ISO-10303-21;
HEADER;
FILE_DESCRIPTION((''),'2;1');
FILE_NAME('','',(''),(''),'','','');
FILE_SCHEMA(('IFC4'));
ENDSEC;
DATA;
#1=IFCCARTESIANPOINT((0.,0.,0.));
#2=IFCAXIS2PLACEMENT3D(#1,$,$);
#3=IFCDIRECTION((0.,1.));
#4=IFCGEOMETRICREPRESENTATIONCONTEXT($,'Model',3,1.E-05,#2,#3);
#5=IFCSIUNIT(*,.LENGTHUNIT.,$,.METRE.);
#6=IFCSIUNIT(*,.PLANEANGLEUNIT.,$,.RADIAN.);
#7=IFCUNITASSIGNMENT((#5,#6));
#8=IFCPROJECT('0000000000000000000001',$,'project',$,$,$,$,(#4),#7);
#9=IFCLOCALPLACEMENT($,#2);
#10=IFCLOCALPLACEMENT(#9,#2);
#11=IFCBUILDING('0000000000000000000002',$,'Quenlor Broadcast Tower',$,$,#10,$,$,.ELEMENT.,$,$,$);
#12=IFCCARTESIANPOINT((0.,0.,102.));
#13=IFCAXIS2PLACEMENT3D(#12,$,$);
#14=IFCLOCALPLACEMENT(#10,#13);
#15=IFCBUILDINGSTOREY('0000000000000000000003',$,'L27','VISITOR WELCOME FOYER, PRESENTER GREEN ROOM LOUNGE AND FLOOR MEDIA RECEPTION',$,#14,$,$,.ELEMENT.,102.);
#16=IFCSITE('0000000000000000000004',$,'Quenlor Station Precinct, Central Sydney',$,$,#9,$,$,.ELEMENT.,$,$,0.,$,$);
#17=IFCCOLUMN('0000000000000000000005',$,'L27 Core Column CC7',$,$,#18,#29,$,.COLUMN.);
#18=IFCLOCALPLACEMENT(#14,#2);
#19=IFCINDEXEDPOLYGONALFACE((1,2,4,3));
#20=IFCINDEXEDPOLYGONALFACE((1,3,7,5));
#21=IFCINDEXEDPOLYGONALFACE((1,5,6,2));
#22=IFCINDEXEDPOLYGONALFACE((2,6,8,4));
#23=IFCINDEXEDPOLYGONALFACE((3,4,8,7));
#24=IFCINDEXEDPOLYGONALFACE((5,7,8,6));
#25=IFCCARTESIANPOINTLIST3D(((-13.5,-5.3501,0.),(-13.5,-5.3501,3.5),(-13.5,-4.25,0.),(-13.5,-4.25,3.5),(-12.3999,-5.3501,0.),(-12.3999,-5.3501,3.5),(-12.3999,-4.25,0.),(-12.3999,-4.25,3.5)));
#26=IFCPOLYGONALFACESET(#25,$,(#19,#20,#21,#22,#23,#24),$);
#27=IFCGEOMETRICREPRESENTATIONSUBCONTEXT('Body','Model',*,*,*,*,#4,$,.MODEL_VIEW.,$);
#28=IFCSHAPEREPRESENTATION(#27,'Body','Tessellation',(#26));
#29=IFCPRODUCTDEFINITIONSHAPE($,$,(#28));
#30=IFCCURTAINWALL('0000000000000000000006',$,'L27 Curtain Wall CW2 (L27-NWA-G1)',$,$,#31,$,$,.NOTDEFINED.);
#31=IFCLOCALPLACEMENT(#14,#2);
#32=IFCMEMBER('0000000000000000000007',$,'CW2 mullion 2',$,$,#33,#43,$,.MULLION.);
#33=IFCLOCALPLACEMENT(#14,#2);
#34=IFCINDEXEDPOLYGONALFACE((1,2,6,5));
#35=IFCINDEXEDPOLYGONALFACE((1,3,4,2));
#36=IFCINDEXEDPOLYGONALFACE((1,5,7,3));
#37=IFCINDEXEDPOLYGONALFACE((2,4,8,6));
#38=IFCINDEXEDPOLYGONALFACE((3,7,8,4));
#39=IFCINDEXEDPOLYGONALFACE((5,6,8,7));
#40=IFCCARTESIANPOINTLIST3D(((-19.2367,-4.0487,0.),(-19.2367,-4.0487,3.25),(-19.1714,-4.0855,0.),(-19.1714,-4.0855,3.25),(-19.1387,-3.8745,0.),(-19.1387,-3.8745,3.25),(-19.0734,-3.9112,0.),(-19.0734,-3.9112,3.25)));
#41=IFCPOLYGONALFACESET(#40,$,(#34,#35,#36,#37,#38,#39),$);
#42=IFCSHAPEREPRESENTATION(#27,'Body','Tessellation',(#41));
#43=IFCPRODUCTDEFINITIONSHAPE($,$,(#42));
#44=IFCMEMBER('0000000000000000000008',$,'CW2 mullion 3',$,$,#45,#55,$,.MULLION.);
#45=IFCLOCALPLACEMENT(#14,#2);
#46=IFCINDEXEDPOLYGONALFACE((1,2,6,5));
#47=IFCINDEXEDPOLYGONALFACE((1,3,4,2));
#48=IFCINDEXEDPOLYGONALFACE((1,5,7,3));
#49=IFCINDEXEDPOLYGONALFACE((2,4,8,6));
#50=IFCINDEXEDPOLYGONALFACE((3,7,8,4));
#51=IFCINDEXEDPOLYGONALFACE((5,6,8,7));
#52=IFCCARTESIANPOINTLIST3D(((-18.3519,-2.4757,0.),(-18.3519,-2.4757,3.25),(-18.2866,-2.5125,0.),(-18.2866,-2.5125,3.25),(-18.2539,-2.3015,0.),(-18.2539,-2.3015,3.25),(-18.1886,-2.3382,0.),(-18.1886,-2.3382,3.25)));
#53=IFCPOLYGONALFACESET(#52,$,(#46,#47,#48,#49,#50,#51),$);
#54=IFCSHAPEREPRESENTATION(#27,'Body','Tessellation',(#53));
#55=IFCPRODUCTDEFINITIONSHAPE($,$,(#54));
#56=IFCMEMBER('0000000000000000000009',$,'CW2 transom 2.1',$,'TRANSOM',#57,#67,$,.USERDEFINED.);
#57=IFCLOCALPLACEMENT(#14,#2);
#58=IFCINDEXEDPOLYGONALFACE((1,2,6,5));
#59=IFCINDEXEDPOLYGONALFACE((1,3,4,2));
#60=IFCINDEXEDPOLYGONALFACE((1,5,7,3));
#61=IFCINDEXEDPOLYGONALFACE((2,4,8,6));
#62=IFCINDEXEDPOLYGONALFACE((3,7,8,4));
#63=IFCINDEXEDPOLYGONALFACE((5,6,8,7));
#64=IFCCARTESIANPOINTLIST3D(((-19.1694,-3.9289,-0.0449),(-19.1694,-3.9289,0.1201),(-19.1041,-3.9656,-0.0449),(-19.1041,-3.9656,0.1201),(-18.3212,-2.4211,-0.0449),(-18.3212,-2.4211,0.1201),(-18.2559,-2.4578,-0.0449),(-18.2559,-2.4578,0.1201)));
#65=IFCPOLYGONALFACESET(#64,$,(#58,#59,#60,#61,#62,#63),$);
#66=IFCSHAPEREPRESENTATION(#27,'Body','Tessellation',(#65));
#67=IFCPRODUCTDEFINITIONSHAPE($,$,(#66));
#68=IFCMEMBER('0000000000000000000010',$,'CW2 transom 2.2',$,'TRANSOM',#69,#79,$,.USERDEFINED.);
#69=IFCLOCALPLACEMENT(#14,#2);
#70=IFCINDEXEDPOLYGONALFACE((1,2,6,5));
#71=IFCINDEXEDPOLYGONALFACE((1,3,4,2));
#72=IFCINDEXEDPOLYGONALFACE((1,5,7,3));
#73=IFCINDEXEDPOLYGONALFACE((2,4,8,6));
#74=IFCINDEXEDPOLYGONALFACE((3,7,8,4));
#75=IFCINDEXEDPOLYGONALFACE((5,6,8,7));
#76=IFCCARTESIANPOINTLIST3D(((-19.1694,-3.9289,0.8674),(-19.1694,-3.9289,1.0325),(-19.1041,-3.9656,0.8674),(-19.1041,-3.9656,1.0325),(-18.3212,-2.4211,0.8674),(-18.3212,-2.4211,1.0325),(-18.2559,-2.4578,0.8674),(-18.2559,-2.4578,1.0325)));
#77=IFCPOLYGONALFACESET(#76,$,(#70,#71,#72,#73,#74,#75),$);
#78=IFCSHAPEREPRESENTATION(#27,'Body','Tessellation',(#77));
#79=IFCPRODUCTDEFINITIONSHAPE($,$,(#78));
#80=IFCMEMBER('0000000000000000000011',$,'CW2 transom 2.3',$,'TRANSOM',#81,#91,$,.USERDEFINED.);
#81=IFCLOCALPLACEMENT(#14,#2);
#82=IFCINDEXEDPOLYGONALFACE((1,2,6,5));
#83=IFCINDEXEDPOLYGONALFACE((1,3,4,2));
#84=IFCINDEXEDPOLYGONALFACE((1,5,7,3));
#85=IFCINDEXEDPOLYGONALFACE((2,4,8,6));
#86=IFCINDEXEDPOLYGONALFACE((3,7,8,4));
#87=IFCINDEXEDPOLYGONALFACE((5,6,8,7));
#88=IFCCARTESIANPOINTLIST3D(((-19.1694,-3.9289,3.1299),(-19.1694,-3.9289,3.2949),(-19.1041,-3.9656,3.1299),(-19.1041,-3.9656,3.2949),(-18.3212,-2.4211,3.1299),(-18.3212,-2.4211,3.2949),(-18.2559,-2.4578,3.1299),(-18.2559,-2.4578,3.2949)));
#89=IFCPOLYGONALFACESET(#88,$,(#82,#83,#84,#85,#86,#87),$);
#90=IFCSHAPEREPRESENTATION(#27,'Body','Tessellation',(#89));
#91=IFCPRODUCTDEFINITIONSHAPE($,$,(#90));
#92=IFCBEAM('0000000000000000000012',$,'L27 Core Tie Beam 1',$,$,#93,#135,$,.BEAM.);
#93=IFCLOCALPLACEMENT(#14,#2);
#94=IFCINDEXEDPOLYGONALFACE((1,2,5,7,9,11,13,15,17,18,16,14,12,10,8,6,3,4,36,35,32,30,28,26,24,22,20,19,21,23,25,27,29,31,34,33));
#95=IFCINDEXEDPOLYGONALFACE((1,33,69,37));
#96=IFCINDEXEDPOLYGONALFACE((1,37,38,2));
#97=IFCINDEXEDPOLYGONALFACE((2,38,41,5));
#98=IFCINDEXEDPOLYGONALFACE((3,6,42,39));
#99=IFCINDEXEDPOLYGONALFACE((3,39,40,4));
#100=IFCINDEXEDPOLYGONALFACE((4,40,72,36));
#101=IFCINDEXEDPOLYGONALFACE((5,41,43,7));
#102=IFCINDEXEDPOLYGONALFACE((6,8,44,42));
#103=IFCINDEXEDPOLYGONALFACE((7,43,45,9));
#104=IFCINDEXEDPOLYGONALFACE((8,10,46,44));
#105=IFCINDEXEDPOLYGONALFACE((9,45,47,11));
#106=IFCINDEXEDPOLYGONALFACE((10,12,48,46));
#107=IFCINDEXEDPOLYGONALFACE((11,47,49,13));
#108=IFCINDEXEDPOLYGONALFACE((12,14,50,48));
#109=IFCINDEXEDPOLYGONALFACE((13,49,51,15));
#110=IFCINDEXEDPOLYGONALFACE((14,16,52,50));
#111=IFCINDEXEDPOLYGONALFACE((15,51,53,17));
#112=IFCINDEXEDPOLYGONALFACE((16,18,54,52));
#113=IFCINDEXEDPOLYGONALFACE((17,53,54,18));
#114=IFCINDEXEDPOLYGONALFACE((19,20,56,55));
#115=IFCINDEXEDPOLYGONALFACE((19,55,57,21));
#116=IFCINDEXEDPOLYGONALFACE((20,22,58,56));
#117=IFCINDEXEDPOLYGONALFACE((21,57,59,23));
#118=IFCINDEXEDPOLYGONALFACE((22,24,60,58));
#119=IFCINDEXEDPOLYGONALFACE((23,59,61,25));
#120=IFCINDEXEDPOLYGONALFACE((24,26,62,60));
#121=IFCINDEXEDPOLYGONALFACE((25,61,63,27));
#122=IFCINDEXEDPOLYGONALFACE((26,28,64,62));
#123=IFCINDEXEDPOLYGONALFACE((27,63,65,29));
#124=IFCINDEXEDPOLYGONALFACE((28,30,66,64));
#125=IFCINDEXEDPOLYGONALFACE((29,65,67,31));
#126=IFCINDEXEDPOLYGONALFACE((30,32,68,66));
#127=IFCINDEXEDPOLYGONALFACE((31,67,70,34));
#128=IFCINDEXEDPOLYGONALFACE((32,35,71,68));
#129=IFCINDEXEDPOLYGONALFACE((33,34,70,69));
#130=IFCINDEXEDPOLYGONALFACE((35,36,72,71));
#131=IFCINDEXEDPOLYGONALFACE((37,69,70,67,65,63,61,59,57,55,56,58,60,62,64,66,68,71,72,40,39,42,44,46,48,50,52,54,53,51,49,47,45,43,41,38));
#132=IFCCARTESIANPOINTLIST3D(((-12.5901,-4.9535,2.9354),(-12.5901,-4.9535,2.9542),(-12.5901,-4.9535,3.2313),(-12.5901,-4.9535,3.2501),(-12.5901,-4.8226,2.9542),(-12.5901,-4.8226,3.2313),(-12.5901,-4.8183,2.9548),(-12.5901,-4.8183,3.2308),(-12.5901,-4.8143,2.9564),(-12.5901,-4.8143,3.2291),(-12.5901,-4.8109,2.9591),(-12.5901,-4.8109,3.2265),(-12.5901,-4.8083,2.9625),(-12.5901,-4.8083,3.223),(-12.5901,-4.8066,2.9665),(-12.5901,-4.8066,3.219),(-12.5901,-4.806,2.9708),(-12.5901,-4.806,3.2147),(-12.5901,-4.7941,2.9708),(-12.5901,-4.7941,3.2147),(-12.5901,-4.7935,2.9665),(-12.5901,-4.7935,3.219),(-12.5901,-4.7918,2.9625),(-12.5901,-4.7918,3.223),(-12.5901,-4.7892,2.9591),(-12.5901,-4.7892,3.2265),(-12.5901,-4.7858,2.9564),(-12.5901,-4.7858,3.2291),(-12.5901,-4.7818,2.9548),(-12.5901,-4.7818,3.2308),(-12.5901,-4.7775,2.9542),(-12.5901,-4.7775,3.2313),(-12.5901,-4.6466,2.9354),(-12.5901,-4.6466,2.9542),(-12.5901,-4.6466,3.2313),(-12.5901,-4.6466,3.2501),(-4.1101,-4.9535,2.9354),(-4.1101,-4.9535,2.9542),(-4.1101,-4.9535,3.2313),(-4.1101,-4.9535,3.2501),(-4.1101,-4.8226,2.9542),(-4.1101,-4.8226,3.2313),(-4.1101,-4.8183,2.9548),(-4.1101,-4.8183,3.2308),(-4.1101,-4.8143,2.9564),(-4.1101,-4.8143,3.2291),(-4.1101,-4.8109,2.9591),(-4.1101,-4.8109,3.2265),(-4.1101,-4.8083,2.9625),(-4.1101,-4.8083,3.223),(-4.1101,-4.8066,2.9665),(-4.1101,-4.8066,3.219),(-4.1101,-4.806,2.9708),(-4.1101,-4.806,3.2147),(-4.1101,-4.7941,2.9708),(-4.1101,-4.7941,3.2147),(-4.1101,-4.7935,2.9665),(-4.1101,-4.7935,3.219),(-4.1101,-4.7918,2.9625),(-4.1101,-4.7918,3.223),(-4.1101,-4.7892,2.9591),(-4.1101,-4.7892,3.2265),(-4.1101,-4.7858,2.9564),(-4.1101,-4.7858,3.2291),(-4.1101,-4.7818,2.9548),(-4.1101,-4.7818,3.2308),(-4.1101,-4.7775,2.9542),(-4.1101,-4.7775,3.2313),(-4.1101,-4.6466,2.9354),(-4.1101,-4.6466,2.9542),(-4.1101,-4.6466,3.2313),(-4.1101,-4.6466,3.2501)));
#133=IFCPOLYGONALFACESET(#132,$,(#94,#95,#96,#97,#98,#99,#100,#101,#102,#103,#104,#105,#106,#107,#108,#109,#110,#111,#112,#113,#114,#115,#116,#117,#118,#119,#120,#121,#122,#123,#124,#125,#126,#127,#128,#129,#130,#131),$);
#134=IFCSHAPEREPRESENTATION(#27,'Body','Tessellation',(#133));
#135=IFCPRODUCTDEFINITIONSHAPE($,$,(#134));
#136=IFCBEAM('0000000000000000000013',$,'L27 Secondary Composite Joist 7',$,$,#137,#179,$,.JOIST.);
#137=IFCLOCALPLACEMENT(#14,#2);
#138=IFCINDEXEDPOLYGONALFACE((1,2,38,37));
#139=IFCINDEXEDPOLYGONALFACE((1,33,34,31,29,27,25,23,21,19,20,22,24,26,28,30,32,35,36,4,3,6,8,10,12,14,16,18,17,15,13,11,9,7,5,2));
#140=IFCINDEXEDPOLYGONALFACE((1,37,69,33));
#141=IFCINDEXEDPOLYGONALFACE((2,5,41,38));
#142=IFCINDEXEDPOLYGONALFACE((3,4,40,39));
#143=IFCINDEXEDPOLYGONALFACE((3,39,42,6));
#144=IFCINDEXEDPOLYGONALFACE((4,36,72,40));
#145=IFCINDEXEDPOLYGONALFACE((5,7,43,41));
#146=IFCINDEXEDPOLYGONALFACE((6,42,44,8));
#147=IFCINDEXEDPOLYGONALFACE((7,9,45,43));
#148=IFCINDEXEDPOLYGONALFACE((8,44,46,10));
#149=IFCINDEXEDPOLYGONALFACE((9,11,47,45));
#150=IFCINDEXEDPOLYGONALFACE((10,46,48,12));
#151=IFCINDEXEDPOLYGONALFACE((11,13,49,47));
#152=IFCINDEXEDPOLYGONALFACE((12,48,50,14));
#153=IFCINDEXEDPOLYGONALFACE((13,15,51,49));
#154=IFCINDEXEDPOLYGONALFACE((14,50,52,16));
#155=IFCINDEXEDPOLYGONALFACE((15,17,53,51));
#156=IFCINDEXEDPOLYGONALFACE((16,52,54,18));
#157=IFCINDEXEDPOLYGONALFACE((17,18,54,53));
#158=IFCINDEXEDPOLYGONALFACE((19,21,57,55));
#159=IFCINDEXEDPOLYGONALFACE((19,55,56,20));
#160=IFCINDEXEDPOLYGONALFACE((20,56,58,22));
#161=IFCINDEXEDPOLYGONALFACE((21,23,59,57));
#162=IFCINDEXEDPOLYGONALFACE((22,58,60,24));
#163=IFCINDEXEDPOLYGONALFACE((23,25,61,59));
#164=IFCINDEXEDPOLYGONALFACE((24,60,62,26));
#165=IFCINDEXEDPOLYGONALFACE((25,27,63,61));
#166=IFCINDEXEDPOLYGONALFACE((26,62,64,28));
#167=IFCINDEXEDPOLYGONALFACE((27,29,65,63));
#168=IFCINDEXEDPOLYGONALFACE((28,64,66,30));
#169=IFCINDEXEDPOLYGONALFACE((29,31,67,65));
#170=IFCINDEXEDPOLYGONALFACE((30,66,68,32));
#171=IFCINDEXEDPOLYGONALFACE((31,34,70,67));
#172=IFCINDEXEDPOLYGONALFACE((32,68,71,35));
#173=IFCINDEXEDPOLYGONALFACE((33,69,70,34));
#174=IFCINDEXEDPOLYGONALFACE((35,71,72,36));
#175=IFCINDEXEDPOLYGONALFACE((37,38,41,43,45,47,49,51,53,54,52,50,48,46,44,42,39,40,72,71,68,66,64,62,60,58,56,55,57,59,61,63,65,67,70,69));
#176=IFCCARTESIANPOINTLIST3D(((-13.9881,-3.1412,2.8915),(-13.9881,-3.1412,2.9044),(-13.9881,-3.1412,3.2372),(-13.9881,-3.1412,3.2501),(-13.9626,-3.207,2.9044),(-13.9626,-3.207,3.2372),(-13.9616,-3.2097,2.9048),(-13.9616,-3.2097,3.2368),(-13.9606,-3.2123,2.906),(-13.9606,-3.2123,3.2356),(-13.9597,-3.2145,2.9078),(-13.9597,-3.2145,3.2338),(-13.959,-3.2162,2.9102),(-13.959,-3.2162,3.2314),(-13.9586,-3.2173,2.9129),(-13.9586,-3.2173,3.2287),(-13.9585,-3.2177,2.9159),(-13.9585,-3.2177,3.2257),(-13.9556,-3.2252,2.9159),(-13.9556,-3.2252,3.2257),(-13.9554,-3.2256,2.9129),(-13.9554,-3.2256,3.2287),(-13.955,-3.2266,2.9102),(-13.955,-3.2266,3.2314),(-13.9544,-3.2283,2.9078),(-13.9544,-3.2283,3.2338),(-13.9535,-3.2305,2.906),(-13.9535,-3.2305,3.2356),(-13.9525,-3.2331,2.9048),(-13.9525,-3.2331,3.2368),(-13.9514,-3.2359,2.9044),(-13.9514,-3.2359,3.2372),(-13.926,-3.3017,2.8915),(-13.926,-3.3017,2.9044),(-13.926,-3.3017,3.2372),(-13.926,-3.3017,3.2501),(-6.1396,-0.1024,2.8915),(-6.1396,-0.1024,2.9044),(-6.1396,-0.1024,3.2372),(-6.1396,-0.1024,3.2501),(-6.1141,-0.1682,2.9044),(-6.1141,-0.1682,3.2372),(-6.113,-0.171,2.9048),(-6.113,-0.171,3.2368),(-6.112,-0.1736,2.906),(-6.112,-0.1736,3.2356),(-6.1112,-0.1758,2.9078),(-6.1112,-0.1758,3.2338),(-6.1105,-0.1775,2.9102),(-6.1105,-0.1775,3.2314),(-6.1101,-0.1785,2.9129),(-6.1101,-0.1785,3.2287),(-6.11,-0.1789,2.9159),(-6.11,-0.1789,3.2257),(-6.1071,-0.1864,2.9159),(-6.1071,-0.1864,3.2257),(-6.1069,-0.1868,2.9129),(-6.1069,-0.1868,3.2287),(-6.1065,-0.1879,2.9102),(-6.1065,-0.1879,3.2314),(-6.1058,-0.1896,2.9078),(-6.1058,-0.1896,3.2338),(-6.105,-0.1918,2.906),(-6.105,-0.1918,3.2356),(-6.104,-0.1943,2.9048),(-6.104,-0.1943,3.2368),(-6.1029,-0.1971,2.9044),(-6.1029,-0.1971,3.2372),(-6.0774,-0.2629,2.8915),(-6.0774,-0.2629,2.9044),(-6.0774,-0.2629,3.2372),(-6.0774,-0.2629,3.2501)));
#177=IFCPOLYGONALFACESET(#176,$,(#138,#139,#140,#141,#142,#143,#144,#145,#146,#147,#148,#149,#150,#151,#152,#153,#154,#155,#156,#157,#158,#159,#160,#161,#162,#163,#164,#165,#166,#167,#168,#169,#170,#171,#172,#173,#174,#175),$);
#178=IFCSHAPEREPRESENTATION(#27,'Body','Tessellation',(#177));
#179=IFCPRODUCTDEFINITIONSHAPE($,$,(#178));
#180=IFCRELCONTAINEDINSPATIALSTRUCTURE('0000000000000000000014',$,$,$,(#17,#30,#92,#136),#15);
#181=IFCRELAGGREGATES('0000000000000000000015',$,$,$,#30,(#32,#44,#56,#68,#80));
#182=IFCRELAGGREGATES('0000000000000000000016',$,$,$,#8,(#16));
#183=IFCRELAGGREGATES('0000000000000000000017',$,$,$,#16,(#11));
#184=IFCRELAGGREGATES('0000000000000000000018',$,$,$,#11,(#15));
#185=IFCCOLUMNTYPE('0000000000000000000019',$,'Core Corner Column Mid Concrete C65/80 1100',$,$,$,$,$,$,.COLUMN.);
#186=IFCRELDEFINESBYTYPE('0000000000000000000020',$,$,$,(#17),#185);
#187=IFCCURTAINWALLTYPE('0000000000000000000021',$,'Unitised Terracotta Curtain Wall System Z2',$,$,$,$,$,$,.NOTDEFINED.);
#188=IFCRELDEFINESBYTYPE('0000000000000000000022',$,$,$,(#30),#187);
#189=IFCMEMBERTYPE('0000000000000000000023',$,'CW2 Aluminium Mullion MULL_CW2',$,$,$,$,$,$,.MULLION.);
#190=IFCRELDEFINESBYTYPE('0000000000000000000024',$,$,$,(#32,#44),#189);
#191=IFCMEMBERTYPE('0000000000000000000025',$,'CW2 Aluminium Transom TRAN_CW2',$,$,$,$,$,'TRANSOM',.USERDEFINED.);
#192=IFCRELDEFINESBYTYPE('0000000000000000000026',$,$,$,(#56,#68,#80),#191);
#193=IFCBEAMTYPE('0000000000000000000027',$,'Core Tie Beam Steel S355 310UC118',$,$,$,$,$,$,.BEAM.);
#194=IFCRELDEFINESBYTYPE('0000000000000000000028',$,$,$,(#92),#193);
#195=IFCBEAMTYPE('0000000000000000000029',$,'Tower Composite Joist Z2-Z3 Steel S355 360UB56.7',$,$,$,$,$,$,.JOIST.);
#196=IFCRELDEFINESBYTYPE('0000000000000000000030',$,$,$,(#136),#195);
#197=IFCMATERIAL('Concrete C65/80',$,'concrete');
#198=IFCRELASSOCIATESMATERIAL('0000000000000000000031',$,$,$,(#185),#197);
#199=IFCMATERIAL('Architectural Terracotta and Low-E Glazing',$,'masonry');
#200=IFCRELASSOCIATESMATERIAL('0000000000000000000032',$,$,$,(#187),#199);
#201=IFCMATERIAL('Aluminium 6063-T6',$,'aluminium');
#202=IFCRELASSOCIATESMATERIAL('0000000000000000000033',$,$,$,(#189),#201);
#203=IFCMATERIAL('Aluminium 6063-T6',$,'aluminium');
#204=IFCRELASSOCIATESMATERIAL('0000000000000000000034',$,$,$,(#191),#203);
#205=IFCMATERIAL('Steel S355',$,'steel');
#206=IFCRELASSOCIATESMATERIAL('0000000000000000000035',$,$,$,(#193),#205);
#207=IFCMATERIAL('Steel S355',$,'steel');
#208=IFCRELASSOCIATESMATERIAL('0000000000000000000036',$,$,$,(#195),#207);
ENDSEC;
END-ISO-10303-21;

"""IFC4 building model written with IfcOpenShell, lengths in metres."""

from ifc_helpers import new_model, si_unit, direction, frame, origin, origin_2d, place, context, subcontext, project, spatial, rectangle, i_section, extrude, material, material_profile, profile_set, type_object, element, aggregate, save


model = new_model("IFC4")

# Units and contexts
model_context = context("Model", 3, precision=1e-05, world=origin(), true_north=direction((0.0, 1.0)))
body_context = subcontext(model_context, "Body", "Model", "MODEL_VIEW")
ifc_project = project(units=[si_unit("LENGTHUNIT", "METRE"), si_unit("PLANEANGLEUNIT", "RADIAN")], contexts=[model_context])

# Site, building, storey
site_placement = place(None, origin())
site = spatial("IfcSite", under=ifc_project, at=site_placement, Name="Quenlor Station Precinct, Central Sydney", CompositionType="ELEMENT", RefElevation=0.0)
building_placement = place(site_placement, origin())
building = spatial("IfcBuilding", under=site, at=building_placement, Name="Quenlor Broadcast Tower", CompositionType="ELEMENT")
storey_placement = place(building_placement, frame((0.0, 0.0, 102.0)))
storey = spatial("IfcBuildingStorey", under=building, at=storey_placement, Name="L27", Description="VISITOR WELCOME FOYER, PRESENTER GREEN ROOM LOUNGE AND FLOOR MEDIA RECEPTION", CompositionType="ELEMENT", Elevation=102.0)

# Column
ifc_material_1 = material(Name="Concrete C65/80", Category="concrete")
ifc_material_profile_1 = material_profile(ifc_material_1, rectangle(XDim=1.1001, YDim=1.1001, at=origin_2d()))
ifc_profile_set_1 = profile_set([ifc_material_profile_1], Name="Concrete C65/80 RC1100x1100")
column_type = type_object("IfcColumnType", Name="Core Corner Column Mid Concrete C65/80 1100", PredefinedType="COLUMN", material=ifc_profile_set_1)
column_placement = place(storey_placement, frame((-12.95, -4.8, 0.0), z_axis=(0.0, 0.0, 1.0), x_axis=(1.0, 0.0, 0.0)))
element("IfcColumn", 1, at=column_placement, inside=storey, type_object=column_type, Name="L27 Core Column CC7", PredefinedType="COLUMN", context=body_context, shape_type="SweptSolid", body=[
    extrude(rectangle(XDim=1.1001, YDim=1.1001, at=origin_2d()), origin(), (0.0, 0.0, 1.0), 3.5),
])

# Curtain wall, members
ifc_material_2 = material(Name="Architectural Terracotta and Low-E Glazing", Category="masonry")
curtain_wall_type = type_object("IfcCurtainWallType", Name="Unitised Terracotta Curtain Wall System Z2", PredefinedType="NOTDEFINED", material=ifc_material_2)
curtain_wall_placement = place(storey_placement, origin())
curtain_wall = element("IfcCurtainWall", 2, at=curtain_wall_placement, inside=storey, type_object=curtain_wall_type, Name="L27 Curtain Wall CW2 (L27-NWA-G1)", PredefinedType="NOTDEFINED")
ifc_material_3 = material(Name="Aluminium 6063-T6", Category="aluminium")
ifc_material_profile_2 = material_profile(ifc_material_3, rectangle(XDim=0.075, YDim=0.2, at=origin_2d()))
ifc_profile_set_2 = profile_set([ifc_material_profile_2], Name="Aluminium 6063-T6 MULL75x200")
member_type_1 = type_object("IfcMemberType", Name="CW2 Aluminium Mullion MULL_CW2", PredefinedType="MULLION", material=ifc_profile_set_2)
member_1_placement = place(storey_placement, frame((-19.155, -3.98, 0.0), z_axis=(0.0, 0.0, 1.0), x_axis=(-0.871567, 0.490277, 0.0)))
member_1 = element("IfcMember", 3, at=member_1_placement, type_object=member_type_1, Name="CW2 mullion 2", PredefinedType="MULLION", context=body_context, shape_type="SweptSolid", body=[
    extrude(rectangle(XDim=0.075, YDim=0.2, at=origin_2d()), origin(), (0.0, 0.0, 1.0), 3.25),
])
member_2_placement = place(storey_placement, frame((-18.2703, -2.407, 0.0), z_axis=(0.0, 0.0, 1.0), x_axis=(-0.871567, 0.490277, 0.0)))
member_2 = element("IfcMember", 4, at=member_2_placement, type_object=member_type_1, Name="CW2 mullion 3", PredefinedType="MULLION", context=body_context, shape_type="SweptSolid", body=[
    extrude(rectangle(XDim=0.075, YDim=0.2, at=origin_2d()), origin(), (0.0, 0.0, 1.0), 3.25),
])
ifc_material_4 = material(Name="Aluminium 6063-T6", Category="aluminium")
ifc_material_profile_3 = material_profile(ifc_material_4, rectangle(XDim=0.075, YDim=0.165, at=origin_2d()))
ifc_profile_set_3 = profile_set([ifc_material_profile_3], Name="Aluminium 6063-T6 TRAN75x165")
member_type_2 = type_object("IfcMemberType", Name="CW2 Aluminium Transom TRAN_CW2", ElementType="TRANSOM", PredefinedType="USERDEFINED", material=ifc_profile_set_3)
member_3_placement = place(storey_placement, frame((-19.1367, -3.9473, 0.0376), z_axis=(0.490261, 0.871576, 0.0), x_axis=(-0.871576, 0.490261, 0.0)))
member_3 = element("IfcMember", 5, at=member_3_placement, type_object=member_type_2, Name="CW2 transom 2.1", ObjectType="TRANSOM", PredefinedType="USERDEFINED", context=body_context, shape_type="SweptSolid", body=[
    extrude(rectangle(XDim=0.075, YDim=0.165, at=origin_2d()), origin(), (0.0, 0.0, 1.0), 1.73),
])
member_4_placement = place(storey_placement, frame((-19.1367, -3.9473, 0.95), z_axis=(0.490261, 0.871576, 0.0), x_axis=(-0.871576, 0.490261, 0.0)))
member_4 = element("IfcMember", 6, at=member_4_placement, type_object=member_type_2, Name="CW2 transom 2.2", ObjectType="TRANSOM", PredefinedType="USERDEFINED", context=body_context, shape_type="SweptSolid", body=[
    extrude(rectangle(XDim=0.075, YDim=0.165, at=origin_2d()), origin(), (0.0, 0.0, 1.0), 1.73),
])
member_5_placement = place(storey_placement, frame((-19.1367, -3.9473, 3.2124), z_axis=(0.490261, 0.871576, 0.0), x_axis=(-0.871576, 0.490261, 0.0)))
member_5 = element("IfcMember", 7, at=member_5_placement, type_object=member_type_2, Name="CW2 transom 2.3", ObjectType="TRANSOM", PredefinedType="USERDEFINED", context=body_context, shape_type="SweptSolid", body=[
    extrude(rectangle(XDim=0.075, YDim=0.165, at=origin_2d()), origin(), (0.0, 0.0, 1.0), 1.73),
])

# Beams
ifc_material_5 = material(Name="Steel S355", Category="steel")
ifc_material_profile_4 = material_profile(ifc_material_5, i_section(OverallWidth=0.3069, OverallDepth=0.3147, WebThickness=0.012, FlangeThickness=0.0188, FilletRadius=0.0166, at=origin_2d()))
ifc_profile_set_4 = profile_set([ifc_material_profile_4], Name="Steel S355 310UC118")
beam_type_1 = type_object("IfcBeamType", Name="Core Tie Beam Steel S355 310UC118", PredefinedType="BEAM", material=ifc_profile_set_4)
beam_1_placement = place(storey_placement, frame((-12.5901, -4.8, 3.0928), z_axis=(1.0, 0.0, 0.0), x_axis=(0.0, 1.0, 0.0)))
element("IfcBeam", 8, at=beam_1_placement, inside=storey, type_object=beam_type_1, Name="L27 Core Tie Beam 1", PredefinedType="BEAM", context=body_context, shape_type="SweptSolid", body=[
    extrude(i_section(OverallWidth=0.3069, OverallDepth=0.3147, WebThickness=0.012, FlangeThickness=0.0188, FilletRadius=0.0166, at=origin_2d()), origin(), (0.0, 0.0, 1.0), 8.48),
])
ifc_material_6 = material(Name="Steel S355", Category="steel")
ifc_material_profile_5 = material_profile(ifc_material_6, i_section(OverallWidth=0.1721, OverallDepth=0.3586, WebThickness=0.0081, FlangeThickness=0.0129, FilletRadius=0.0115, at=origin_2d()))
ifc_profile_set_5 = profile_set([ifc_material_profile_5], Name="Steel S355 360UB56.7")
beam_type_2 = type_object("IfcBeamType", Name="Tower Composite Joist Z2-Z3 Steel S355 360UB56.7", PredefinedType="JOIST", material=ifc_profile_set_5)
beam_2_placement = place(storey_placement, frame((-13.957, -3.2214, 3.0708), z_axis=(0.932543, 0.36106, 0.0), x_axis=(-0.36106, 0.932543, 0.0)))
element("IfcBeam", 9, at=beam_2_placement, inside=storey, type_object=beam_type_2, Name="L27 Secondary Composite Joist 7", PredefinedType="JOIST", context=body_context, shape_type="SweptSolid", body=[
    extrude(i_section(OverallWidth=0.1721, OverallDepth=0.3586, WebThickness=0.0081, FlangeThickness=0.0129, FilletRadius=0.0115, at=origin_2d()), origin(), (0.0, 0.0, 1.0), 8.4163),
])

aggregate(curtain_wall, [member_1, member_2, member_3, member_4, member_5])

save(model, "model.ifc")
